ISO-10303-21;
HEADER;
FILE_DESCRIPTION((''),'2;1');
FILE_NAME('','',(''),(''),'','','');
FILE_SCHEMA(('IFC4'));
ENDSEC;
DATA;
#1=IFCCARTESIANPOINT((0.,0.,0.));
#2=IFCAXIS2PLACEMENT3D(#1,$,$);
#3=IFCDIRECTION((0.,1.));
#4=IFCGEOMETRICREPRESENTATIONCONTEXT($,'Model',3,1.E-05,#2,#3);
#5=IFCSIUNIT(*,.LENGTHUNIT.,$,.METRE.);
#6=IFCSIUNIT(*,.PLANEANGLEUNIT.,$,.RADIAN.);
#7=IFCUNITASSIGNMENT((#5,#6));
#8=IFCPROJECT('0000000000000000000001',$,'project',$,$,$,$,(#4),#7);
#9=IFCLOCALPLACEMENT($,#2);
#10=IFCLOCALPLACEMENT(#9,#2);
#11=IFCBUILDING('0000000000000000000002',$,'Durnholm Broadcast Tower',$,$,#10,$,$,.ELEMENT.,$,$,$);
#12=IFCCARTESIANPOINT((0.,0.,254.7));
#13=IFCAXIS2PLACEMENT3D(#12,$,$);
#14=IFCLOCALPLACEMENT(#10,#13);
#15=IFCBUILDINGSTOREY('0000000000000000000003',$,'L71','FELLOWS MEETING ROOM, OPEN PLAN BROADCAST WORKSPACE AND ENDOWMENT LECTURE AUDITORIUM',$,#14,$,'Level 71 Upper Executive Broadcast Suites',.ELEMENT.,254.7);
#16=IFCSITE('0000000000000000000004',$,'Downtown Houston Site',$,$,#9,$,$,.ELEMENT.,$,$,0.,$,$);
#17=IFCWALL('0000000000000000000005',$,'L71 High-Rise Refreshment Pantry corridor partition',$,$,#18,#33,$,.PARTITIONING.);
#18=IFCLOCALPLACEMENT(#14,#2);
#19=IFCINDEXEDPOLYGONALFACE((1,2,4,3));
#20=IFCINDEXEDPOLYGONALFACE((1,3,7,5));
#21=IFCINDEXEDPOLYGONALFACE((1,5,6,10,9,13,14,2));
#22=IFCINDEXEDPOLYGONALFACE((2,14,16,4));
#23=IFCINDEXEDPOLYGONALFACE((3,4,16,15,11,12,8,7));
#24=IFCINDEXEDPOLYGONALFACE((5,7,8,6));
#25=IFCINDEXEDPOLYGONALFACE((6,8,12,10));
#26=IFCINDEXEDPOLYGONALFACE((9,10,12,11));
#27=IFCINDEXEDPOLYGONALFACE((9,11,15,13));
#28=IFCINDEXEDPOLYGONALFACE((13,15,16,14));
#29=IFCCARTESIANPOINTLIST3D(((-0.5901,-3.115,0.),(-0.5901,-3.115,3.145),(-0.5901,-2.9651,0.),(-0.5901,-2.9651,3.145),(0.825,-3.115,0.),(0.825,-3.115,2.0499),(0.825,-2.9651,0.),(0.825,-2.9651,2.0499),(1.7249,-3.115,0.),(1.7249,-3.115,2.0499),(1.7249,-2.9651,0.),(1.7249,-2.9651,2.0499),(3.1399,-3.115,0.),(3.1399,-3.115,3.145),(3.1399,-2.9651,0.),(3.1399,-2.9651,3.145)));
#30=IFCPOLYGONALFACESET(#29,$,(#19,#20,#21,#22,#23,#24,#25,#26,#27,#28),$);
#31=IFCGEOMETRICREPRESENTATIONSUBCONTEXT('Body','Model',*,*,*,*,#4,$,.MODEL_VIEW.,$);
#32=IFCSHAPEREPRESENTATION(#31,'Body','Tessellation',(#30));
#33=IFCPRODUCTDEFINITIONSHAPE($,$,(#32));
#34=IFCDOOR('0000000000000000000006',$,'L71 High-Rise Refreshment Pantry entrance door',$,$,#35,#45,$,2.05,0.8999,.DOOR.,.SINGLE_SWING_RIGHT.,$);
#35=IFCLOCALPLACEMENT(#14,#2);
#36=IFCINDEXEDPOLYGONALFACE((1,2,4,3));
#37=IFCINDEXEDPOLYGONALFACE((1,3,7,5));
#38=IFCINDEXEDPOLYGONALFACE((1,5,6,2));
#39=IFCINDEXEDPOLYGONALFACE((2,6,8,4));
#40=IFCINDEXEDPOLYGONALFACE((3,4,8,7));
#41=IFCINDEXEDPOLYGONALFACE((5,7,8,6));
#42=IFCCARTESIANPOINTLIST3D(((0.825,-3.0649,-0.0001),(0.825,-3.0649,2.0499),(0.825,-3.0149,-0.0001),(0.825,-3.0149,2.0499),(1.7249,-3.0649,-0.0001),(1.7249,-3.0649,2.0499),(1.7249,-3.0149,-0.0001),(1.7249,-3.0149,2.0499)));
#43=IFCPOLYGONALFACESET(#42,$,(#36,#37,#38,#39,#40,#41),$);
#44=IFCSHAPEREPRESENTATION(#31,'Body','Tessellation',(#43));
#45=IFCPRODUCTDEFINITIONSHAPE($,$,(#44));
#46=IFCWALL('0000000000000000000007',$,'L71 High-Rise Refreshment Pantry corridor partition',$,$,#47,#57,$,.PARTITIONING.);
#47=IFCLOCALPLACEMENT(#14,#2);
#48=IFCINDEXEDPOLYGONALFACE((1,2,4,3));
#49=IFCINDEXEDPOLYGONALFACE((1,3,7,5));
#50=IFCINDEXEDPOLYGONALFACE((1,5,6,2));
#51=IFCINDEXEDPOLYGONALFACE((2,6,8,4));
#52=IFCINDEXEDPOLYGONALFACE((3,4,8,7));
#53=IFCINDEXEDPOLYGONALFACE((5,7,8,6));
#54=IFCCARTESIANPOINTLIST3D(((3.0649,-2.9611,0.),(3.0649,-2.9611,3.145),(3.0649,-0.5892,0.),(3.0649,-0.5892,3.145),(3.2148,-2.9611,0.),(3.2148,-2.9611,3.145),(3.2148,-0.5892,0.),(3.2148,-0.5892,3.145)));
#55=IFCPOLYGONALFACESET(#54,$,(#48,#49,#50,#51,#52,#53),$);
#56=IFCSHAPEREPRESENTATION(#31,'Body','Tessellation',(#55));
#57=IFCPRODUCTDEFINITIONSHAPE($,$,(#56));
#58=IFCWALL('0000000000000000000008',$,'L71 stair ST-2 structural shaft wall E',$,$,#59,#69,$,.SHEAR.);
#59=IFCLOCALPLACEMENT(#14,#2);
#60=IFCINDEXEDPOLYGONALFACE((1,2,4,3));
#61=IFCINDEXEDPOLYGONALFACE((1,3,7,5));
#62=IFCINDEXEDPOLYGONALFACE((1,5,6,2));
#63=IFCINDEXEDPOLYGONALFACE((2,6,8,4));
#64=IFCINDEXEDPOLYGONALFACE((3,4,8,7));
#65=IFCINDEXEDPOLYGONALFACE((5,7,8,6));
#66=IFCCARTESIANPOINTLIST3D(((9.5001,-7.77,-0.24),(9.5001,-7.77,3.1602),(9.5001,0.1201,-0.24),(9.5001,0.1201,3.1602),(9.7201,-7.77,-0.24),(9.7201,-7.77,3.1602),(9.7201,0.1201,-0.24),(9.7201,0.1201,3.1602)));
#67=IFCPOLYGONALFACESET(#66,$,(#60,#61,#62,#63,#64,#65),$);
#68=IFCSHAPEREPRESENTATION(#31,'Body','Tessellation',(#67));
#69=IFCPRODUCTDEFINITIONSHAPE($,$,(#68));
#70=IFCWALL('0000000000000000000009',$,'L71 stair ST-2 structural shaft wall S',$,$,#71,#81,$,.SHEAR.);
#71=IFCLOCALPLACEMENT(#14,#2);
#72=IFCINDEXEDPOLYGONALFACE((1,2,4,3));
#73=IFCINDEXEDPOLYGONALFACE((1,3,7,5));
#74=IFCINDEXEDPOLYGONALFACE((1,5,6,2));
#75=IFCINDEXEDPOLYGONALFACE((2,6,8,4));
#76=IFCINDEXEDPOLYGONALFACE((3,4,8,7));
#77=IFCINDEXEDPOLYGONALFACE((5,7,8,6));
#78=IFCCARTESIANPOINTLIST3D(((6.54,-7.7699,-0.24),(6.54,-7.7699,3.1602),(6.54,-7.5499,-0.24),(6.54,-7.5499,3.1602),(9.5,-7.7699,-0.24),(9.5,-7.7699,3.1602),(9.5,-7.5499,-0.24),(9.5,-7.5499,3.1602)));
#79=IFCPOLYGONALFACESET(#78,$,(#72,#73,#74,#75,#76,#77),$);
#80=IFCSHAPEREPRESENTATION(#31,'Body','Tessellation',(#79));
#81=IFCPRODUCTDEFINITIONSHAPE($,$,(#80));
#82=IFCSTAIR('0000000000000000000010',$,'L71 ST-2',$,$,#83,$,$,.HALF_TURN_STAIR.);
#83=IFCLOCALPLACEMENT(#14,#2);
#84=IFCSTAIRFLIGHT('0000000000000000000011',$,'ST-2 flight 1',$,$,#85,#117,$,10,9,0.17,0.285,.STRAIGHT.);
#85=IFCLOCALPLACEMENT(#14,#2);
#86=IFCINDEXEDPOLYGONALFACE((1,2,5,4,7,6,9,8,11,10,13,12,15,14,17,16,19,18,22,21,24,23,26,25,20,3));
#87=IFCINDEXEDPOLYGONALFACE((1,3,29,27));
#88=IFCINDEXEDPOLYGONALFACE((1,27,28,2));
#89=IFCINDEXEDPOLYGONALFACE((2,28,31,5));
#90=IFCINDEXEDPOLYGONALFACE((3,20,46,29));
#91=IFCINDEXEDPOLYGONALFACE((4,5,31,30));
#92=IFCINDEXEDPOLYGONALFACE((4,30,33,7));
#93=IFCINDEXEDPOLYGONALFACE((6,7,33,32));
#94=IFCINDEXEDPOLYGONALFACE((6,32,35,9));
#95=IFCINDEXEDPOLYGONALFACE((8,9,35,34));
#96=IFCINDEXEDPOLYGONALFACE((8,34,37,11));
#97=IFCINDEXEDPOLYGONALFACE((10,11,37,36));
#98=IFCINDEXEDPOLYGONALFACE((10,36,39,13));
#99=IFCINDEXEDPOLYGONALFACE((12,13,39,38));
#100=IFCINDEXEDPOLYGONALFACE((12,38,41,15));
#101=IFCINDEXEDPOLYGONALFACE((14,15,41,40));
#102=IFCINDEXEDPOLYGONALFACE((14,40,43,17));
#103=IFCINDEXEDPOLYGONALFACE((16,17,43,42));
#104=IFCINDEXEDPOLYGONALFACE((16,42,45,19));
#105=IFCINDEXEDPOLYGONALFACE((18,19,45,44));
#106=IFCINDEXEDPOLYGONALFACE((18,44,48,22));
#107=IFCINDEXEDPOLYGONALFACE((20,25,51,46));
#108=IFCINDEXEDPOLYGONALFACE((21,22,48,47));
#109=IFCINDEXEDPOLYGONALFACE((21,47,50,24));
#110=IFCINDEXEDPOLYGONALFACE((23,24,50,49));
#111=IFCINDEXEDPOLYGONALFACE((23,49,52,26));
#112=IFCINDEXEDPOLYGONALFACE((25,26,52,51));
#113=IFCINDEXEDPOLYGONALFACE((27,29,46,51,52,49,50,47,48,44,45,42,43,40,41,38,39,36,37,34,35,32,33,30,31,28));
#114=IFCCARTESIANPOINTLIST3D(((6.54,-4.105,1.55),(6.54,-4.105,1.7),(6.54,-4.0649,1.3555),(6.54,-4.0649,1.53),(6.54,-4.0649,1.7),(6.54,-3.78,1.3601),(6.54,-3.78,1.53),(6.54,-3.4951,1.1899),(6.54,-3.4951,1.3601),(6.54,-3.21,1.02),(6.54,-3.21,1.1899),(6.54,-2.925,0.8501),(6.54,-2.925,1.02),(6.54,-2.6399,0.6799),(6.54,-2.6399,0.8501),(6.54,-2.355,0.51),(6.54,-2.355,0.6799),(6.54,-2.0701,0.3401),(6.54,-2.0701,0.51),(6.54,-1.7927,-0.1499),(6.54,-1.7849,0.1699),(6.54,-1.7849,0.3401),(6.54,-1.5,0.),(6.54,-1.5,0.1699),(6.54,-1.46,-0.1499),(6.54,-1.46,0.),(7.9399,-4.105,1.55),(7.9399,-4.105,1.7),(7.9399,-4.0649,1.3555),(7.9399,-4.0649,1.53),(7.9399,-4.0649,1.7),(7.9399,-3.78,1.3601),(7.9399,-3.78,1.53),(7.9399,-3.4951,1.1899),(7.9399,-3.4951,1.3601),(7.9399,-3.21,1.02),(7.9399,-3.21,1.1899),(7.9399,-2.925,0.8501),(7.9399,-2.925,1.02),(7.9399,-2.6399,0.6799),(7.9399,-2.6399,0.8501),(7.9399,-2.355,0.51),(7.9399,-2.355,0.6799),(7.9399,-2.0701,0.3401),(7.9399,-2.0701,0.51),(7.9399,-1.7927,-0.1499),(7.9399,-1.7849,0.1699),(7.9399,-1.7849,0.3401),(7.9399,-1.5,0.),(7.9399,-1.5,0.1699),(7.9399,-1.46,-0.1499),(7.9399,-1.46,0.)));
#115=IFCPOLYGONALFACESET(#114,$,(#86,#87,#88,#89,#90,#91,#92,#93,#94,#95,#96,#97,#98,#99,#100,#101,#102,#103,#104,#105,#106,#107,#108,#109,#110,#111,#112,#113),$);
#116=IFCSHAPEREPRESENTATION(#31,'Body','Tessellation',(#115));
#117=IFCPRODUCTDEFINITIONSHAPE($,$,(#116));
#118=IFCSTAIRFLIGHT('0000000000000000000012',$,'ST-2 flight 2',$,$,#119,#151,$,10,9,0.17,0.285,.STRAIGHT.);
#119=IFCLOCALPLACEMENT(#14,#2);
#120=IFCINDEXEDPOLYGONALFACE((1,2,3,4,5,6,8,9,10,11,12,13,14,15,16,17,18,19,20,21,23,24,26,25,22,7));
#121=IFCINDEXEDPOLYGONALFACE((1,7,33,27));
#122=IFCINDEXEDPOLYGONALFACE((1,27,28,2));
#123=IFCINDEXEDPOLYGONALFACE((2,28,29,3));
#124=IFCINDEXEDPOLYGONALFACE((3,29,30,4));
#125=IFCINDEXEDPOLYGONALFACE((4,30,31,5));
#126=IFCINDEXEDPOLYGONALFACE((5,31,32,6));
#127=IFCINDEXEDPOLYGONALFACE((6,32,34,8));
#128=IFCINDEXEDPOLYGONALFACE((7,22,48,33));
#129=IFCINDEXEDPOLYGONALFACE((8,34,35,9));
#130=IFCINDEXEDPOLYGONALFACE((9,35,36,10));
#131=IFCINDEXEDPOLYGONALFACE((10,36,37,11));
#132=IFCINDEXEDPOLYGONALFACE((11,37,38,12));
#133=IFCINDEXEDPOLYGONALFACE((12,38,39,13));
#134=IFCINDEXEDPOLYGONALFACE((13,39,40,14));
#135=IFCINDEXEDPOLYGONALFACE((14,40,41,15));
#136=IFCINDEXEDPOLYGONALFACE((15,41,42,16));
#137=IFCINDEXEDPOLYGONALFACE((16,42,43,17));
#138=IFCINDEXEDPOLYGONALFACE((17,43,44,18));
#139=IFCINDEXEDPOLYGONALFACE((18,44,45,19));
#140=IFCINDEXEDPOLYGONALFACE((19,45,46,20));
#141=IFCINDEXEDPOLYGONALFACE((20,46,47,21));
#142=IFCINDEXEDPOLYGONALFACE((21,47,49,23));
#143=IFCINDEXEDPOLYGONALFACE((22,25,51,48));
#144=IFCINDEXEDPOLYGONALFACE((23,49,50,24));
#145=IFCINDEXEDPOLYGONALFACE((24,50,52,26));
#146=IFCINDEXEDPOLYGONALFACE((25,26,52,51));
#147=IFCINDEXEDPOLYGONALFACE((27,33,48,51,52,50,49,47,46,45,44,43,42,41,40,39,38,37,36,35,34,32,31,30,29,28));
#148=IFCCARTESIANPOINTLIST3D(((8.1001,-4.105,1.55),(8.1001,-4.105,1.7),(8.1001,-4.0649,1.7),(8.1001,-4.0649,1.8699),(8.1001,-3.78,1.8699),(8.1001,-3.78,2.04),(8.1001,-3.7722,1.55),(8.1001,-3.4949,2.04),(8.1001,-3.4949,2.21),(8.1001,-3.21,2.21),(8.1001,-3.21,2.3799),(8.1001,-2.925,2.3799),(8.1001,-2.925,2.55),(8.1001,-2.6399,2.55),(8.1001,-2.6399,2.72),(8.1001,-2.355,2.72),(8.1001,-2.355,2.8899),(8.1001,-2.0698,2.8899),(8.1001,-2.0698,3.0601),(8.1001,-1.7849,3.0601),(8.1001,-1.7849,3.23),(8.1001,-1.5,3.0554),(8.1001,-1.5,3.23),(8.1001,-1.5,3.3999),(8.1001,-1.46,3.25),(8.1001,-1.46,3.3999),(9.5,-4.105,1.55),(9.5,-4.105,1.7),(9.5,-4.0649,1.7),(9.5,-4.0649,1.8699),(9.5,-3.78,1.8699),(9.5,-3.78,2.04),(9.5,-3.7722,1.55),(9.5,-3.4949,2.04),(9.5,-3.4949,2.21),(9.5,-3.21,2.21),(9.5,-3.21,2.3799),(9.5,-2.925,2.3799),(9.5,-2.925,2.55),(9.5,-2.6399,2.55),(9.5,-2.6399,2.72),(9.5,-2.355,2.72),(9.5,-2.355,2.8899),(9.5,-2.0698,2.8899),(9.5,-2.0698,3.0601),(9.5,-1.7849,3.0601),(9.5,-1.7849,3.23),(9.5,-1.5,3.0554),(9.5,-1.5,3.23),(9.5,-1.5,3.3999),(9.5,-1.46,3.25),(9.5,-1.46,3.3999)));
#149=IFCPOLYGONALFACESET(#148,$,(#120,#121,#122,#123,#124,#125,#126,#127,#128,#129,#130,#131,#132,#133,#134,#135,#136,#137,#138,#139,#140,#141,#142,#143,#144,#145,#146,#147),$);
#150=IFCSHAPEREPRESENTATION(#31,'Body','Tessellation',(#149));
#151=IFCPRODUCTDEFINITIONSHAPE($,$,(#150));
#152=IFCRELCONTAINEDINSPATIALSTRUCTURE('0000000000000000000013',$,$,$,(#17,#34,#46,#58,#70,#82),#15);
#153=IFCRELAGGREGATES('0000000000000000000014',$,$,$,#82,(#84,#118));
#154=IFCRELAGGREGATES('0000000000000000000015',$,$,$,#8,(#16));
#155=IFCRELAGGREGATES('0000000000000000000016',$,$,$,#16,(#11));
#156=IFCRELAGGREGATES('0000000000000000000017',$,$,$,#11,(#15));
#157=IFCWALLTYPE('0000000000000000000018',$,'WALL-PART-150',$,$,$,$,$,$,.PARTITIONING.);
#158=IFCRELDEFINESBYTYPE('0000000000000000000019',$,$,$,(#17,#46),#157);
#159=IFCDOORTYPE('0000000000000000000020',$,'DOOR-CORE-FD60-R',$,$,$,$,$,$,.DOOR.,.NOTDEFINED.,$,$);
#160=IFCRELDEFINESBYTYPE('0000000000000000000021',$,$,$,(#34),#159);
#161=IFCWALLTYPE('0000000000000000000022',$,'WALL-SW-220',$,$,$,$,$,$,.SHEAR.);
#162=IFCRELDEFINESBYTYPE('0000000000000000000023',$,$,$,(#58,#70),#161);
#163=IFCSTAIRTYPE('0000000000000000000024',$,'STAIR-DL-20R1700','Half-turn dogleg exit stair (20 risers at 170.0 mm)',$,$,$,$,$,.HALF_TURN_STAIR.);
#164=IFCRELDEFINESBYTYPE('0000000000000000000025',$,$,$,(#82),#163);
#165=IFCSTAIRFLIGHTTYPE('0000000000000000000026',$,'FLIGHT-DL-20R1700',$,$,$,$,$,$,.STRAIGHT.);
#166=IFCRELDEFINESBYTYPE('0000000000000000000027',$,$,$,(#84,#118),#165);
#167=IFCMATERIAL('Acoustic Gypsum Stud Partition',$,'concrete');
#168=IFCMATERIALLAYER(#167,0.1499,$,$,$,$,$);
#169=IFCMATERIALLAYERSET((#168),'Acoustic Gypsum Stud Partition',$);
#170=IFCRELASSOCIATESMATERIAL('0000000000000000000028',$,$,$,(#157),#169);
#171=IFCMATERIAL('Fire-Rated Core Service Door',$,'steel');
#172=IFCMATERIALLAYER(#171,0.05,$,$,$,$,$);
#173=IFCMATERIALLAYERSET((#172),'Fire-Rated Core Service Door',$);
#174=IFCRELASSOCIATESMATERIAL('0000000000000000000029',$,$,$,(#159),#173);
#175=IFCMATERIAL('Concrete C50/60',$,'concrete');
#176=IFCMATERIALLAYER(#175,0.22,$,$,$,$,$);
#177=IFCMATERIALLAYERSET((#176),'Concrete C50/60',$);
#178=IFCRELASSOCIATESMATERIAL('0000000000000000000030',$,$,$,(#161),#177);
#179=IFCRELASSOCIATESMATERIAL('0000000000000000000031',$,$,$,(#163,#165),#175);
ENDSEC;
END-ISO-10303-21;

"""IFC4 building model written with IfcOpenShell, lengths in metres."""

from ifc_helpers import new_model, si_unit, direction, frame, frame_2d, origin, place, context, subcontext, project, spatial, polyline, rectangle, outline, extrude, source, transform, mapped, material, layer, layer_set, type_object, type_shapes, element, fill, aggregate, save


model = new_model("IFC4")

# Units and contexts
model_context = context("Model", 3, precision=1e-05, world=origin(), true_north=direction((0.0, 1.0)))
body_context = subcontext(model_context, "Body", "Model", "MODEL_VIEW")
ifc_project = project(units=[si_unit("LENGTHUNIT", "METRE"), si_unit("PLANEANGLEUNIT", "RADIAN")], contexts=[model_context])

# Site, building, storey
site_placement = place(None, origin())
site = spatial("IfcSite", under=ifc_project, at=site_placement, Name="Downtown Houston Site", CompositionType="ELEMENT", RefElevation=0.0)
building_placement = place(site_placement, origin())
building = spatial("IfcBuilding", under=site, at=building_placement, Name="Durnholm Broadcast Tower", CompositionType="ELEMENT")
storey_placement = place(building_placement, frame((0.0, 0.0, 254.7)))
storey = spatial("IfcBuildingStorey", under=building, at=storey_placement, Name="L71", Description="FELLOWS MEETING ROOM, OPEN PLAN BROADCAST WORKSPACE AND ENDOWMENT LECTURE AUDITORIUM", LongName="Level 71 Upper Executive Broadcast Suites", CompositionType="ELEMENT", Elevation=254.7)

# Wall, opening, door
ifc_material_1 = material(Name="Acoustic Gypsum Stud Partition", Category="concrete")
ifc_layer_1 = layer(ifc_material_1, 0.1499)
ifc_layer_set_1 = layer_set([ifc_layer_1], Name="Acoustic Gypsum Stud Partition")
wall_type_1 = type_object("IfcWallType", Name="WALL-PART-150", PredefinedType="PARTITIONING", material=ifc_layer_set_1)
ifc_material_2 = material(Name="Fire-Rated Core Service Door", Category="steel")
ifc_layer_2 = layer(ifc_material_2, 0.05)
ifc_layer_set_2 = layer_set([ifc_layer_2], Name="Fire-Rated Core Service Door")
door_type = type_object("IfcDoorType", Name="DOOR-CORE-FD60-R", OperationType="NOTDEFINED", PredefinedType="DOOR", material=ifc_layer_set_2)
shared_shape_1 = source(origin(), body_context, "Body", "SweptSolid", [
    extrude(rectangle(XDim=0.8999, YDim=2.05, at=frame_2d((0.45, 1.0249))), frame((0.0, 0.0249, 0.0), z_axis=(0.0, -1.0, 0.0), x_axis=(1.0, 0.0, 0.0)), (0.0, 0.0, 1.0), 0.05),
])
type_shapes(door_type, [shared_shape_1])
wall_1_placement = place(storey_placement, frame((3.1399, -3.04, 0.0), z_axis=(0.0, 0.0, 1.0), x_axis=(-1.0, 0.0, 0.0)))
wall_1 = element("IfcWall", 1, at=wall_1_placement, inside=storey, type_object=wall_type_1, Name="L71 High-Rise Refreshment Pantry corridor partition", PredefinedType="PARTITIONING", context=body_context, shape_type="SweptSolid", body=[
    extrude(rectangle(XDim=3.73, YDim=0.1499, at=frame_2d((1.865, 0.0))), origin(), (0.0, 0.0, 1.0), 3.145),
])
opening_1_placement = place(wall_1_placement, frame((1.415, 0.0, 0.0)))
opening_1 = element("IfcOpeningElement", 2, at=opening_1_placement, cuts=wall_1, PredefinedType="OPENING", context=body_context, shape_type="SweptSolid", body=[
    extrude(rectangle(XDim=0.8999, YDim=2.05, at=frame_2d((0.45, 1.0249))), frame((0.0, 0.085, 0.0), z_axis=(0.0, -1.0, 0.0), x_axis=(1.0, 0.0, 0.0)), (0.0, 0.0, 1.0), 0.1699),
])
door_1_placement = place(opening_1_placement, origin())
door_1 = element("IfcDoor", 3, at=door_1_placement, inside=storey, type_object=door_type, Name="L71 High-Rise Refreshment Pantry entrance door", OperationType="SINGLE_SWING_RIGHT", OverallHeight=2.05, OverallWidth=0.8999, PredefinedType="DOOR", context=body_context, shape_type="MappedRepresentation", body=[
    mapped(shared_shape_1, transform((0.0, 0.0, 0.0), x_axis=(1.0, 0.0, 0.0), y_axis=(0.0, 1.0, 0.0), z_axis=(0.0, 0.0, 1.0), scale=1.0)),
])
fill(opening_1, door_1)

# Walls
wall_2_placement = place(storey_placement, frame((3.1399, -0.5891, 0.0), z_axis=(0.0, 0.0, 1.0), x_axis=(0.0, -1.0, 0.0)))
element("IfcWall", 4, at=wall_2_placement, inside=storey, type_object=wall_type_1, Name="L71 High-Rise Refreshment Pantry corridor partition", PredefinedType="PARTITIONING", context=body_context, shape_type="SweptSolid", body=[
    extrude(rectangle(XDim=2.3718, YDim=0.1499, at=frame_2d((1.186, 0.0))), origin(), (0.0, 0.0, 1.0), 3.145),
])
ifc_material_3 = material(Name="Concrete C50/60", Category="concrete")
ifc_layer_3 = layer(ifc_material_3, 0.22)
ifc_layer_set_3 = layer_set([ifc_layer_3], Name="Concrete C50/60")
wall_type_2 = type_object("IfcWallType", Name="WALL-SW-220", PredefinedType="SHEAR", material=ifc_layer_set_3)
wall_3_placement = place(storey_placement, frame((9.6101, -7.77, -0.24), z_axis=(0.0, 0.0, 1.0), x_axis=(0.0, 1.0, 0.0)))
element("IfcWall", 5, at=wall_3_placement, inside=storey, type_object=wall_type_2, Name="L71 stair ST-2 structural shaft wall E", PredefinedType="SHEAR", context=body_context, shape_type="SweptSolid", body=[
    extrude(rectangle(XDim=7.8901, YDim=0.22, at=frame_2d((3.9451, 0.0))), origin(), (0.0, 0.0, 1.0), 3.4001),
])
wall_4_placement = place(storey_placement, frame((6.54, -7.6599, -0.24), z_axis=(0.0, 0.0, 1.0), x_axis=(1.0, 0.0, 0.0)))
element("IfcWall", 6, at=wall_4_placement, inside=storey, type_object=wall_type_2, Name="L71 stair ST-2 structural shaft wall S", PredefinedType="SHEAR", context=body_context, shape_type="SweptSolid", body=[
    extrude(rectangle(XDim=2.96, YDim=0.22, at=frame_2d((1.48, 0.0))), origin(), (0.0, 0.0, 1.0), 3.4001),
])

# Stair, stair flights
stair_type = type_object("IfcStairType", Name="STAIR-DL-20R1700", Description="Half-turn dogleg exit stair (20 risers at 170.0 mm)", PredefinedType="HALF_TURN_STAIR", material=ifc_material_3)
stair_placement = place(storey_placement, origin())
stair = element("IfcStair", 7, at=stair_placement, inside=storey, type_object=stair_type, Name="L71 ST-2", PredefinedType="HALF_TURN_STAIR")
stair_flight_type = type_object("IfcStairFlightType", Name="FLIGHT-DL-20R1700", PredefinedType="STRAIGHT", material=ifc_material_3)
stair_flight_1_placement = place(storey_placement, frame((7.24, -1.5, 0.0), z_axis=(0.0, 0.0, 1.0), x_axis=(0.0, -1.0, 0.0)))
stair_flight_1 = element("IfcStairFlight", 8, at=stair_flight_1_placement, type_object=stair_flight_type, Name="ST-2 flight 1", NumberOfRisers=10, NumberOfTreads=9, PredefinedType="STRAIGHT", RiserHeight=0.17, TreadLength=0.285, context=body_context, shape_type="SweptSolid", body=[
    extrude(outline(polyline([(-0.04, -0.1499), (-0.04, 0.0), (0.0, 0.0), (0.0, 0.1699), (0.2849, 0.1699), (0.2849, 0.3401), (0.5701, 0.3401), (0.5701, 0.51), (0.855, 0.51), (0.855, 0.6799), (1.1399, 0.6799), (1.1399, 0.8501), (1.425, 0.8501), (1.425, 1.02), (1.71, 1.02), (1.71, 1.1899), (1.9951, 1.1899), (1.9951, 1.3601), (2.28, 1.3601), (2.28, 1.53), (2.5649, 1.53), (2.5649, 1.7), (2.605, 1.7), (2.605, 1.55), (2.5649, 1.3555), (0.2927, -0.1499), (-0.04, -0.1499)])), frame((0.0, 0.7, 0.0), z_axis=(0.0, -1.0, 0.0), x_axis=(1.0, 0.0, 0.0)), (0.0, 0.0, 1.0), 1.3999),
])
stair_flight_2_placement = place(storey_placement, frame((8.8, -4.0649, 1.7), z_axis=(0.0, 0.0, 1.0), x_axis=(0.0, 1.0, 0.0)))
stair_flight_2 = element("IfcStairFlight", 9, at=stair_flight_2_placement, type_object=stair_flight_type, Name="ST-2 flight 2", NumberOfRisers=10, NumberOfTreads=9, PredefinedType="STRAIGHT", RiserHeight=0.17, TreadLength=0.285, context=body_context, shape_type="SweptSolid", body=[
    extrude(outline(polyline([(-0.04, -0.1499), (-0.04, 0.0), (0.0, 0.0), (0.0, 0.1699), (0.2849, 0.1699), (0.2849, 0.3401), (0.5701, 0.3401), (0.5701, 0.51), (0.855, 0.51), (0.855, 0.6799), (1.1399, 0.6799), (1.1399, 0.8501), (1.425, 0.8501), (1.425, 1.02), (1.71, 1.02), (1.71, 1.1899), (1.9951, 1.1899), (1.9951, 1.3601), (2.28, 1.3601), (2.28, 1.53), (2.5649, 1.53), (2.5649, 1.7), (2.605, 1.7), (2.605, 1.55), (2.5649, 1.3555), (0.2927, -0.1499), (-0.04, -0.1499)])), frame((0.0, 0.7, 0.0), z_axis=(0.0, -1.0, 0.0), x_axis=(1.0, 0.0, 0.0)), (0.0, 0.0, 1.0), 1.3999),
])
aggregate(stair, [stair_flight_1, stair_flight_2])

save(model, "model.ifc")
